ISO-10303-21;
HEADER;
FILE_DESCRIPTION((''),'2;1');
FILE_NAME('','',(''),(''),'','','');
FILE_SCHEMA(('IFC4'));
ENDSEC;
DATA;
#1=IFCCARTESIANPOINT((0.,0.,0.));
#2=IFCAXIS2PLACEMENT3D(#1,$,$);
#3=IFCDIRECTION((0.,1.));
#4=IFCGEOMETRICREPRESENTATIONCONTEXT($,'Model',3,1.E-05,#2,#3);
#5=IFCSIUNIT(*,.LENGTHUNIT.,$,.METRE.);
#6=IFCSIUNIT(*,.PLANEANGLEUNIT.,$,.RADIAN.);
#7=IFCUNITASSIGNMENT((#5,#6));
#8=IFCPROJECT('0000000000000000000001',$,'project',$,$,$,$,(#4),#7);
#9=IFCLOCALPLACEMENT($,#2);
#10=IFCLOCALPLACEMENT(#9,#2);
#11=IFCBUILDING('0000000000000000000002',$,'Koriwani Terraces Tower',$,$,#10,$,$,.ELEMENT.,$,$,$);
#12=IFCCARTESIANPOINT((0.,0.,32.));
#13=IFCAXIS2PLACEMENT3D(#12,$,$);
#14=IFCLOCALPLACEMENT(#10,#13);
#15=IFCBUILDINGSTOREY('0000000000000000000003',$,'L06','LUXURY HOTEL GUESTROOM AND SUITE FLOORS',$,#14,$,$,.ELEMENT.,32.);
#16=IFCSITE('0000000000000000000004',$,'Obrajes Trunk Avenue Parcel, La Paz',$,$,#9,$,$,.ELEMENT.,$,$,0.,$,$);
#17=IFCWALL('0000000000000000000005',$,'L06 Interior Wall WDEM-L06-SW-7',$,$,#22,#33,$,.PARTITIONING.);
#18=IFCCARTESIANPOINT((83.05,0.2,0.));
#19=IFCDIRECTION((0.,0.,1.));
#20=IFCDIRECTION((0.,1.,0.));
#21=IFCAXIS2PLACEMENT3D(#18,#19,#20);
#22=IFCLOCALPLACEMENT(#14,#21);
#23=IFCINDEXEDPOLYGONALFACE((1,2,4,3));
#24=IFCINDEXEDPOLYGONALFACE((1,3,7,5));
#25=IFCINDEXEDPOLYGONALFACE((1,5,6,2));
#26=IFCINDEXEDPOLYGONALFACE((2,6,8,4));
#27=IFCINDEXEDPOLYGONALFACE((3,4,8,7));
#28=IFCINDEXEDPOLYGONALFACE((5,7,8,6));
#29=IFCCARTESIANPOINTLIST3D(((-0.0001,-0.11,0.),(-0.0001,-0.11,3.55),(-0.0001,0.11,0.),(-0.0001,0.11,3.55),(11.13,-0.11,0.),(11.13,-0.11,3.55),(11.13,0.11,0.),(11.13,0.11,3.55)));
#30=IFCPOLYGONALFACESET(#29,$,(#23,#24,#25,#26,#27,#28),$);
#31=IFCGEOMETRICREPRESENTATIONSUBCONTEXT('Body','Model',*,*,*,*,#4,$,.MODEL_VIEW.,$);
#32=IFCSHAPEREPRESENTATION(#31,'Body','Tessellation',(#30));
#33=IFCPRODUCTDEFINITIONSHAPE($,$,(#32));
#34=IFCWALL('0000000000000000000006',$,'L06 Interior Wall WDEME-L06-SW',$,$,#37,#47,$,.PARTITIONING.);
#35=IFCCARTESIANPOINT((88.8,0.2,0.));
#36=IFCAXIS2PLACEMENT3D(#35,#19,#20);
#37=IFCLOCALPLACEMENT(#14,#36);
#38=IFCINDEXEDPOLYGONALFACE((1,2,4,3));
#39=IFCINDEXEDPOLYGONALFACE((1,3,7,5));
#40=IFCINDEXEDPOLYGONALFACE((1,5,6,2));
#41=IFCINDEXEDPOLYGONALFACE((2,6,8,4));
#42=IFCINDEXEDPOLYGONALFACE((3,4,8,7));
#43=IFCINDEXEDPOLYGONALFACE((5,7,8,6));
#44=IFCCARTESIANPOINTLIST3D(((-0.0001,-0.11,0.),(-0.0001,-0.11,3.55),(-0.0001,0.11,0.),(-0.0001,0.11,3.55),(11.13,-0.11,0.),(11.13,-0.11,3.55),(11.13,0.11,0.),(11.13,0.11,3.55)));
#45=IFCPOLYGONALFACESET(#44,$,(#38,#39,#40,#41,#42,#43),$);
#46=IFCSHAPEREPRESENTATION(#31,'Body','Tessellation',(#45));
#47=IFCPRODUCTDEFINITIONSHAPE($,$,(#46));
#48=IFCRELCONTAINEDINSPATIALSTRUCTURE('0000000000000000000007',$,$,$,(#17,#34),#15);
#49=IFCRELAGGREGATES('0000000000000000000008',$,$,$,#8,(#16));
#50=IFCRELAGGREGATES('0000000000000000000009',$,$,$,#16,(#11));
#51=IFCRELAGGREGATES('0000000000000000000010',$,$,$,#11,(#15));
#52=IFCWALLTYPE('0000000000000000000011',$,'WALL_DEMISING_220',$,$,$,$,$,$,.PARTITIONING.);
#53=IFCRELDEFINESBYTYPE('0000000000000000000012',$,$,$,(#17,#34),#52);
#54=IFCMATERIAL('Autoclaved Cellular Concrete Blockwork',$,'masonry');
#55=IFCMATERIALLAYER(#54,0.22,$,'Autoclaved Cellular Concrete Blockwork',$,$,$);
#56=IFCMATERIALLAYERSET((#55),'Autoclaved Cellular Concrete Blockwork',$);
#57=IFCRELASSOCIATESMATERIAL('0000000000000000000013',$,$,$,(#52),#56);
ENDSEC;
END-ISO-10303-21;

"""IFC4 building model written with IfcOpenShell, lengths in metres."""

from ifc_helpers import new_model, si_unit, direction, frame, frame_2d, origin, place, context, subcontext, project, spatial, rectangle, extrude, material, layer, layer_set, type_object, element, save


model = new_model("IFC4")

# Units and contexts
model_context = context("Model", 3, precision=1e-05, world=origin(), true_north=direction((0.0, 1.0)))
body_context = subcontext(model_context, "Body", "Model", "MODEL_VIEW")
ifc_project = project(units=[si_unit("LENGTHUNIT", "METRE"), si_unit("PLANEANGLEUNIT", "RADIAN")], contexts=[model_context])

# Site, building, storey
site_placement = place(None, origin())
site = spatial("IfcSite", under=ifc_project, at=site_placement, Name="Obrajes Trunk Avenue Parcel, La Paz", CompositionType="ELEMENT", RefElevation=0.0)
building_placement = place(site_placement, origin())
building = spatial("IfcBuilding", under=site, at=building_placement, Name="Koriwani Terraces Tower", CompositionType="ELEMENT")
storey_placement = place(building_placement, frame((0.0, 0.0, 32.0)))
storey = spatial("IfcBuildingStorey", under=building, at=storey_placement, Name="L06", Description="LUXURY HOTEL GUESTROOM AND SUITE FLOORS", CompositionType="ELEMENT", Elevation=32.0)

# Walls
ifc_material_1 = material(Name="Autoclaved Cellular Concrete Blockwork", Category="masonry")
ifc_layer_1 = layer(ifc_material_1, 0.22, Name="Autoclaved Cellular Concrete Blockwork")
ifc_layer_set_1 = layer_set([ifc_layer_1], Name="Autoclaved Cellular Concrete Blockwork")
wall_type_1 = type_object("IfcWallType", Name="WALL_DEMISING_220", PredefinedType="PARTITIONING", material=ifc_layer_set_1)
for number, where, z_axis, x_axis, name in (
    (1, (83.05, 0.2, 0.0), (0.0, 0.0, 1.0), (0.0, 1.0, 0.0), "L06 Interior Wall WDEM-L06-SW-7"),
    (2, (88.8, 0.2, 0.0), (0.0, 0.0, 1.0), (0.0, 1.0, 0.0), "L06 Interior Wall WDEME-L06-SW"),
):
    element("IfcWall", number, at=place(storey_placement, frame(where, z_axis=z_axis, x_axis=x_axis)), inside=storey, type_object=wall_type_1, Name=name, PredefinedType="PARTITIONING", context=body_context, shape_type="SweptSolid", body=[
        extrude(rectangle(XDim=11.1301, YDim=0.22, at=frame_2d((5.5649, 0.0))), origin(), (0.0, 0.0, 1.0), 3.55),
    ])

save(model, "model.ifc")
